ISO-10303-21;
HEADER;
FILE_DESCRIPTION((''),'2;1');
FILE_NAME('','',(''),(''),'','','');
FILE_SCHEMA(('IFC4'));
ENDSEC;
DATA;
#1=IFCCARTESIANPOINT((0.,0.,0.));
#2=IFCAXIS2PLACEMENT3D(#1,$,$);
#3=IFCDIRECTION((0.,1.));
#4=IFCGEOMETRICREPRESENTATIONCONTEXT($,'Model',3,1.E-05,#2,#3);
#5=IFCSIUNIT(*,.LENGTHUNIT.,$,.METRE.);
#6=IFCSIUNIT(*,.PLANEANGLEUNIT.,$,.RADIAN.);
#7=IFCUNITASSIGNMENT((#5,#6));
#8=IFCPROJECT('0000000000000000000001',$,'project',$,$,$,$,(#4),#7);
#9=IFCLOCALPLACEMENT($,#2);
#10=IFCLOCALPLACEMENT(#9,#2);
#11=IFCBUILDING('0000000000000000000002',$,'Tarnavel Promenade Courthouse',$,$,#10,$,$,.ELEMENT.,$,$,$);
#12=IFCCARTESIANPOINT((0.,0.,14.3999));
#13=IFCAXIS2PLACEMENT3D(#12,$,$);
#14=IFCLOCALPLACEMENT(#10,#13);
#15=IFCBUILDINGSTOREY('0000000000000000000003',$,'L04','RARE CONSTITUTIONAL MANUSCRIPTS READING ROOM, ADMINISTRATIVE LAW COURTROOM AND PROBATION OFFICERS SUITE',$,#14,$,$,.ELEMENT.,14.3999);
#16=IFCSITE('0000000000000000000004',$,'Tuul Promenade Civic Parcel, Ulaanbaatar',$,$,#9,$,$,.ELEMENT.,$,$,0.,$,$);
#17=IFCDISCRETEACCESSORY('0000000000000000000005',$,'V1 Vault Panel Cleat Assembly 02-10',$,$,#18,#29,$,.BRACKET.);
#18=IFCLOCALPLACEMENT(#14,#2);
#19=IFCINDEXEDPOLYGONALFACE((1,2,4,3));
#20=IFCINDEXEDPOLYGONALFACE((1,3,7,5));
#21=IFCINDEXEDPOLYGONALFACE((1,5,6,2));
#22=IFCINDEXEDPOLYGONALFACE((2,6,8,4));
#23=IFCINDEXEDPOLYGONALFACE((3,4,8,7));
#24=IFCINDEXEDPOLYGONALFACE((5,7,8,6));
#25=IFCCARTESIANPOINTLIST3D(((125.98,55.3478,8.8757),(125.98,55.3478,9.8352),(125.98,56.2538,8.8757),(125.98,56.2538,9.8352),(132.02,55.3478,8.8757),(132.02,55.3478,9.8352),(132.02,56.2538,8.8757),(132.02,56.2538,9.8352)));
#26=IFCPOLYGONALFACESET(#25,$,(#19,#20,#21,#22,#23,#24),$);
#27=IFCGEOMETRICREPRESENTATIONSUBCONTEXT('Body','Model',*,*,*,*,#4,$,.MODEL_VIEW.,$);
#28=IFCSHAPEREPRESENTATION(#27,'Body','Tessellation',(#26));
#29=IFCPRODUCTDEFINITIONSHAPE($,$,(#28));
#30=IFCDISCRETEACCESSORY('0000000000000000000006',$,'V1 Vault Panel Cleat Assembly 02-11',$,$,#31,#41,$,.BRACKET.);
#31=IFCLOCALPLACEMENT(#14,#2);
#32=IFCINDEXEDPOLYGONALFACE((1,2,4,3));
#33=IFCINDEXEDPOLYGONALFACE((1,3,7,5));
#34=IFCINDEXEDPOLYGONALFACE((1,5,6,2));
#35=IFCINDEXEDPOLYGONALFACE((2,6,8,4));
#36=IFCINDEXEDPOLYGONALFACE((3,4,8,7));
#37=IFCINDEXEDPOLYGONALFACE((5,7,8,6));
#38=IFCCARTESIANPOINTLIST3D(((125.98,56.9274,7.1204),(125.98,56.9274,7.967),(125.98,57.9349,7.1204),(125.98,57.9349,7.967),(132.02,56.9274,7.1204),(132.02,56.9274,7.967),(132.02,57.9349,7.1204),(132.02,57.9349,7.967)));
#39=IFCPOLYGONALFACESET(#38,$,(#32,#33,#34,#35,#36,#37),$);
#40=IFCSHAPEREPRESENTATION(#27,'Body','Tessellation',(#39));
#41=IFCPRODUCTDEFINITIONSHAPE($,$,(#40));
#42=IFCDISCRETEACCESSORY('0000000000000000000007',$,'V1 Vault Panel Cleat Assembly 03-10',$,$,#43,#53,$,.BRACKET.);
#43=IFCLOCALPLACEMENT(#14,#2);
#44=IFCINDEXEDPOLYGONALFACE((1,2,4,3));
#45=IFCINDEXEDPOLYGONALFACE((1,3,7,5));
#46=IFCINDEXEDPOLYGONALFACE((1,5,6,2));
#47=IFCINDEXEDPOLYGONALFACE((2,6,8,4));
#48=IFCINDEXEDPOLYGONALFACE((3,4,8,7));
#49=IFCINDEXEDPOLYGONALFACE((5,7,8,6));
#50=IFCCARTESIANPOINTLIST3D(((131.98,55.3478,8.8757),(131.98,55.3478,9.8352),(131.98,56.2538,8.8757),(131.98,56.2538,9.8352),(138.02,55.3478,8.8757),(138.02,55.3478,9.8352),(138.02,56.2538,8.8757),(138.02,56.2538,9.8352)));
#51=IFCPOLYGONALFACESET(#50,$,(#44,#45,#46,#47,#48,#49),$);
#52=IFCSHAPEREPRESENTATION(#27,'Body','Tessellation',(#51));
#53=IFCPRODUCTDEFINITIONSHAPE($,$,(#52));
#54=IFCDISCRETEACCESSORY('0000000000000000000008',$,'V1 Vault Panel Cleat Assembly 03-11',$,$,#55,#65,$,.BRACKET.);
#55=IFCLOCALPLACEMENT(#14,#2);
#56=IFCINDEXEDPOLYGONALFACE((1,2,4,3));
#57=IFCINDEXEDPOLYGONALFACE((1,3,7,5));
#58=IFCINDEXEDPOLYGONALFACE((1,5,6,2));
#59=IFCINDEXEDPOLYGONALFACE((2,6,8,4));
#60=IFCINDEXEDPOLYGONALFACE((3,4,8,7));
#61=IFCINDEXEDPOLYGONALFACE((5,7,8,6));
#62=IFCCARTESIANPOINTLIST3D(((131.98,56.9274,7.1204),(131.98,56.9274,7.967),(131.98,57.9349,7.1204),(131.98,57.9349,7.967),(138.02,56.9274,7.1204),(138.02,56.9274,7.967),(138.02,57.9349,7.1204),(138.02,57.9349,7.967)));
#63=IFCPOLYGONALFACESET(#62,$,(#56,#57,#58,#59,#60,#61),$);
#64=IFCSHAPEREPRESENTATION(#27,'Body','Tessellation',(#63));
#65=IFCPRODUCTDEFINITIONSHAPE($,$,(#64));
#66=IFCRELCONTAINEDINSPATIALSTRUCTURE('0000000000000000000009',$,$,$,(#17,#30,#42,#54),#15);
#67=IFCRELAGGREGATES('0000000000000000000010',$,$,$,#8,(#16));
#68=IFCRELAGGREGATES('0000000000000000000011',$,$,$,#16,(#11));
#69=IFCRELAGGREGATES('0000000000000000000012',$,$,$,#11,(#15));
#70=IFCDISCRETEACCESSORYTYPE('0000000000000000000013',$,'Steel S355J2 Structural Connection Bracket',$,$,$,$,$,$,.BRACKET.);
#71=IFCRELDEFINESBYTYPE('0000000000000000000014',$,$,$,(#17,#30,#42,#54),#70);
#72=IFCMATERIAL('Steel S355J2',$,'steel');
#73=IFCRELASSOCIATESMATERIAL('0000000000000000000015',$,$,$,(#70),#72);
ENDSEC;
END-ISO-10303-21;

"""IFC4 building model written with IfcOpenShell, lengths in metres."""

from ifc_helpers import new_model, si_unit, direction, frame, origin, origin_2d, place, context, subcontext, project, spatial, rectangle, extrude, material, type_object, element, save


model = new_model("IFC4")

# Units and contexts
model_context = context("Model", 3, precision=1e-05, world=origin(), true_north=direction((0.0, 1.0)))
body_context = subcontext(model_context, "Body", "Model", "MODEL_VIEW")
ifc_project = project(units=[si_unit("LENGTHUNIT", "METRE"), si_unit("PLANEANGLEUNIT", "RADIAN")], contexts=[model_context])

# Site, building, storey
site_placement = place(None, origin())
site = spatial("IfcSite", under=ifc_project, at=site_placement, Name="Tuul Promenade Civic Parcel, Ulaanbaatar", CompositionType="ELEMENT", RefElevation=0.0)
building_placement = place(site_placement, origin())
building = spatial("IfcBuilding", under=site, at=building_placement, Name="Tarnavel Promenade Courthouse", CompositionType="ELEMENT")
storey_placement = place(building_placement, frame((0.0, 0.0, 14.3999)))
storey = spatial("IfcBuildingStorey", under=building, at=storey_placement, Name="L04", Description="RARE CONSTITUTIONAL MANUSCRIPTS READING ROOM, ADMINISTRATIVE LAW COURTROOM AND PROBATION OFFICERS SUITE", CompositionType="ELEMENT", Elevation=14.3999)

# Shared definitions
ifc_material_1 = material(Name="Steel S355J2", Category="steel")

# Discrete accessories
discrete_accessory_type = type_object("IfcDiscreteAccessoryType", Name="Steel S355J2 Structural Connection Bracket", PredefinedType="BRACKET", material=ifc_material_1)
discrete_accessory_1_placement = place(storey_placement, frame((129.0, 55.8008, 8.8757), z_axis=(0.0, 0.0, 1.0), x_axis=(1.0, 0.0, 0.0)))
element("IfcDiscreteAccessory", 1, at=discrete_accessory_1_placement, inside=storey, type_object=discrete_accessory_type, Name="V1 Vault Panel Cleat Assembly 02-10", PredefinedType="BRACKET", context=body_context, shape_type="SweptSolid", body=[
    extrude(rectangle(XDim=6.04, YDim=0.906, at=origin_2d()), origin(), (0.0, 0.0, 1.0), 0.9595),
])
discrete_accessory_2_placement = place(storey_placement, frame((129.0, 57.4312, 7.1204), z_axis=(0.0, 0.0, 1.0), x_axis=(1.0, 0.0, 0.0)))
element("IfcDiscreteAccessory", 2, at=discrete_accessory_2_placement, inside=storey, type_object=discrete_accessory_type, Name="V1 Vault Panel Cleat Assembly 02-11", PredefinedType="BRACKET", context=body_context, shape_type="SweptSolid", body=[
    extrude(rectangle(XDim=6.04, YDim=1.0076, at=origin_2d()), origin(), (0.0, 0.0, 1.0), 0.8467),
])
discrete_accessory_3_placement = place(storey_placement, frame((135.0, 55.8008, 8.8757), z_axis=(0.0, 0.0, 1.0), x_axis=(1.0, 0.0, 0.0)))
element("IfcDiscreteAccessory", 3, at=discrete_accessory_3_placement, inside=storey, type_object=discrete_accessory_type, Name="V1 Vault Panel Cleat Assembly 03-10", PredefinedType="BRACKET", context=body_context, shape_type="SweptSolid", body=[
    extrude(rectangle(XDim=6.04, YDim=0.906, at=origin_2d()), origin(), (0.0, 0.0, 1.0), 0.9595),
])
discrete_accessory_4_placement = place(storey_placement, frame((135.0, 57.4312, 7.1204), z_axis=(0.0, 0.0, 1.0), x_axis=(1.0, 0.0, 0.0)))
element("IfcDiscreteAccessory", 4, at=discrete_accessory_4_placement, inside=storey, type_object=discrete_accessory_type, Name="V1 Vault Panel Cleat Assembly 03-11", PredefinedType="BRACKET", context=body_context, shape_type="SweptSolid", body=[
    extrude(rectangle(XDim=6.04, YDim=1.0076, at=origin_2d()), origin(), (0.0, 0.0, 1.0), 0.8467),
])

save(model, "model.ifc")
